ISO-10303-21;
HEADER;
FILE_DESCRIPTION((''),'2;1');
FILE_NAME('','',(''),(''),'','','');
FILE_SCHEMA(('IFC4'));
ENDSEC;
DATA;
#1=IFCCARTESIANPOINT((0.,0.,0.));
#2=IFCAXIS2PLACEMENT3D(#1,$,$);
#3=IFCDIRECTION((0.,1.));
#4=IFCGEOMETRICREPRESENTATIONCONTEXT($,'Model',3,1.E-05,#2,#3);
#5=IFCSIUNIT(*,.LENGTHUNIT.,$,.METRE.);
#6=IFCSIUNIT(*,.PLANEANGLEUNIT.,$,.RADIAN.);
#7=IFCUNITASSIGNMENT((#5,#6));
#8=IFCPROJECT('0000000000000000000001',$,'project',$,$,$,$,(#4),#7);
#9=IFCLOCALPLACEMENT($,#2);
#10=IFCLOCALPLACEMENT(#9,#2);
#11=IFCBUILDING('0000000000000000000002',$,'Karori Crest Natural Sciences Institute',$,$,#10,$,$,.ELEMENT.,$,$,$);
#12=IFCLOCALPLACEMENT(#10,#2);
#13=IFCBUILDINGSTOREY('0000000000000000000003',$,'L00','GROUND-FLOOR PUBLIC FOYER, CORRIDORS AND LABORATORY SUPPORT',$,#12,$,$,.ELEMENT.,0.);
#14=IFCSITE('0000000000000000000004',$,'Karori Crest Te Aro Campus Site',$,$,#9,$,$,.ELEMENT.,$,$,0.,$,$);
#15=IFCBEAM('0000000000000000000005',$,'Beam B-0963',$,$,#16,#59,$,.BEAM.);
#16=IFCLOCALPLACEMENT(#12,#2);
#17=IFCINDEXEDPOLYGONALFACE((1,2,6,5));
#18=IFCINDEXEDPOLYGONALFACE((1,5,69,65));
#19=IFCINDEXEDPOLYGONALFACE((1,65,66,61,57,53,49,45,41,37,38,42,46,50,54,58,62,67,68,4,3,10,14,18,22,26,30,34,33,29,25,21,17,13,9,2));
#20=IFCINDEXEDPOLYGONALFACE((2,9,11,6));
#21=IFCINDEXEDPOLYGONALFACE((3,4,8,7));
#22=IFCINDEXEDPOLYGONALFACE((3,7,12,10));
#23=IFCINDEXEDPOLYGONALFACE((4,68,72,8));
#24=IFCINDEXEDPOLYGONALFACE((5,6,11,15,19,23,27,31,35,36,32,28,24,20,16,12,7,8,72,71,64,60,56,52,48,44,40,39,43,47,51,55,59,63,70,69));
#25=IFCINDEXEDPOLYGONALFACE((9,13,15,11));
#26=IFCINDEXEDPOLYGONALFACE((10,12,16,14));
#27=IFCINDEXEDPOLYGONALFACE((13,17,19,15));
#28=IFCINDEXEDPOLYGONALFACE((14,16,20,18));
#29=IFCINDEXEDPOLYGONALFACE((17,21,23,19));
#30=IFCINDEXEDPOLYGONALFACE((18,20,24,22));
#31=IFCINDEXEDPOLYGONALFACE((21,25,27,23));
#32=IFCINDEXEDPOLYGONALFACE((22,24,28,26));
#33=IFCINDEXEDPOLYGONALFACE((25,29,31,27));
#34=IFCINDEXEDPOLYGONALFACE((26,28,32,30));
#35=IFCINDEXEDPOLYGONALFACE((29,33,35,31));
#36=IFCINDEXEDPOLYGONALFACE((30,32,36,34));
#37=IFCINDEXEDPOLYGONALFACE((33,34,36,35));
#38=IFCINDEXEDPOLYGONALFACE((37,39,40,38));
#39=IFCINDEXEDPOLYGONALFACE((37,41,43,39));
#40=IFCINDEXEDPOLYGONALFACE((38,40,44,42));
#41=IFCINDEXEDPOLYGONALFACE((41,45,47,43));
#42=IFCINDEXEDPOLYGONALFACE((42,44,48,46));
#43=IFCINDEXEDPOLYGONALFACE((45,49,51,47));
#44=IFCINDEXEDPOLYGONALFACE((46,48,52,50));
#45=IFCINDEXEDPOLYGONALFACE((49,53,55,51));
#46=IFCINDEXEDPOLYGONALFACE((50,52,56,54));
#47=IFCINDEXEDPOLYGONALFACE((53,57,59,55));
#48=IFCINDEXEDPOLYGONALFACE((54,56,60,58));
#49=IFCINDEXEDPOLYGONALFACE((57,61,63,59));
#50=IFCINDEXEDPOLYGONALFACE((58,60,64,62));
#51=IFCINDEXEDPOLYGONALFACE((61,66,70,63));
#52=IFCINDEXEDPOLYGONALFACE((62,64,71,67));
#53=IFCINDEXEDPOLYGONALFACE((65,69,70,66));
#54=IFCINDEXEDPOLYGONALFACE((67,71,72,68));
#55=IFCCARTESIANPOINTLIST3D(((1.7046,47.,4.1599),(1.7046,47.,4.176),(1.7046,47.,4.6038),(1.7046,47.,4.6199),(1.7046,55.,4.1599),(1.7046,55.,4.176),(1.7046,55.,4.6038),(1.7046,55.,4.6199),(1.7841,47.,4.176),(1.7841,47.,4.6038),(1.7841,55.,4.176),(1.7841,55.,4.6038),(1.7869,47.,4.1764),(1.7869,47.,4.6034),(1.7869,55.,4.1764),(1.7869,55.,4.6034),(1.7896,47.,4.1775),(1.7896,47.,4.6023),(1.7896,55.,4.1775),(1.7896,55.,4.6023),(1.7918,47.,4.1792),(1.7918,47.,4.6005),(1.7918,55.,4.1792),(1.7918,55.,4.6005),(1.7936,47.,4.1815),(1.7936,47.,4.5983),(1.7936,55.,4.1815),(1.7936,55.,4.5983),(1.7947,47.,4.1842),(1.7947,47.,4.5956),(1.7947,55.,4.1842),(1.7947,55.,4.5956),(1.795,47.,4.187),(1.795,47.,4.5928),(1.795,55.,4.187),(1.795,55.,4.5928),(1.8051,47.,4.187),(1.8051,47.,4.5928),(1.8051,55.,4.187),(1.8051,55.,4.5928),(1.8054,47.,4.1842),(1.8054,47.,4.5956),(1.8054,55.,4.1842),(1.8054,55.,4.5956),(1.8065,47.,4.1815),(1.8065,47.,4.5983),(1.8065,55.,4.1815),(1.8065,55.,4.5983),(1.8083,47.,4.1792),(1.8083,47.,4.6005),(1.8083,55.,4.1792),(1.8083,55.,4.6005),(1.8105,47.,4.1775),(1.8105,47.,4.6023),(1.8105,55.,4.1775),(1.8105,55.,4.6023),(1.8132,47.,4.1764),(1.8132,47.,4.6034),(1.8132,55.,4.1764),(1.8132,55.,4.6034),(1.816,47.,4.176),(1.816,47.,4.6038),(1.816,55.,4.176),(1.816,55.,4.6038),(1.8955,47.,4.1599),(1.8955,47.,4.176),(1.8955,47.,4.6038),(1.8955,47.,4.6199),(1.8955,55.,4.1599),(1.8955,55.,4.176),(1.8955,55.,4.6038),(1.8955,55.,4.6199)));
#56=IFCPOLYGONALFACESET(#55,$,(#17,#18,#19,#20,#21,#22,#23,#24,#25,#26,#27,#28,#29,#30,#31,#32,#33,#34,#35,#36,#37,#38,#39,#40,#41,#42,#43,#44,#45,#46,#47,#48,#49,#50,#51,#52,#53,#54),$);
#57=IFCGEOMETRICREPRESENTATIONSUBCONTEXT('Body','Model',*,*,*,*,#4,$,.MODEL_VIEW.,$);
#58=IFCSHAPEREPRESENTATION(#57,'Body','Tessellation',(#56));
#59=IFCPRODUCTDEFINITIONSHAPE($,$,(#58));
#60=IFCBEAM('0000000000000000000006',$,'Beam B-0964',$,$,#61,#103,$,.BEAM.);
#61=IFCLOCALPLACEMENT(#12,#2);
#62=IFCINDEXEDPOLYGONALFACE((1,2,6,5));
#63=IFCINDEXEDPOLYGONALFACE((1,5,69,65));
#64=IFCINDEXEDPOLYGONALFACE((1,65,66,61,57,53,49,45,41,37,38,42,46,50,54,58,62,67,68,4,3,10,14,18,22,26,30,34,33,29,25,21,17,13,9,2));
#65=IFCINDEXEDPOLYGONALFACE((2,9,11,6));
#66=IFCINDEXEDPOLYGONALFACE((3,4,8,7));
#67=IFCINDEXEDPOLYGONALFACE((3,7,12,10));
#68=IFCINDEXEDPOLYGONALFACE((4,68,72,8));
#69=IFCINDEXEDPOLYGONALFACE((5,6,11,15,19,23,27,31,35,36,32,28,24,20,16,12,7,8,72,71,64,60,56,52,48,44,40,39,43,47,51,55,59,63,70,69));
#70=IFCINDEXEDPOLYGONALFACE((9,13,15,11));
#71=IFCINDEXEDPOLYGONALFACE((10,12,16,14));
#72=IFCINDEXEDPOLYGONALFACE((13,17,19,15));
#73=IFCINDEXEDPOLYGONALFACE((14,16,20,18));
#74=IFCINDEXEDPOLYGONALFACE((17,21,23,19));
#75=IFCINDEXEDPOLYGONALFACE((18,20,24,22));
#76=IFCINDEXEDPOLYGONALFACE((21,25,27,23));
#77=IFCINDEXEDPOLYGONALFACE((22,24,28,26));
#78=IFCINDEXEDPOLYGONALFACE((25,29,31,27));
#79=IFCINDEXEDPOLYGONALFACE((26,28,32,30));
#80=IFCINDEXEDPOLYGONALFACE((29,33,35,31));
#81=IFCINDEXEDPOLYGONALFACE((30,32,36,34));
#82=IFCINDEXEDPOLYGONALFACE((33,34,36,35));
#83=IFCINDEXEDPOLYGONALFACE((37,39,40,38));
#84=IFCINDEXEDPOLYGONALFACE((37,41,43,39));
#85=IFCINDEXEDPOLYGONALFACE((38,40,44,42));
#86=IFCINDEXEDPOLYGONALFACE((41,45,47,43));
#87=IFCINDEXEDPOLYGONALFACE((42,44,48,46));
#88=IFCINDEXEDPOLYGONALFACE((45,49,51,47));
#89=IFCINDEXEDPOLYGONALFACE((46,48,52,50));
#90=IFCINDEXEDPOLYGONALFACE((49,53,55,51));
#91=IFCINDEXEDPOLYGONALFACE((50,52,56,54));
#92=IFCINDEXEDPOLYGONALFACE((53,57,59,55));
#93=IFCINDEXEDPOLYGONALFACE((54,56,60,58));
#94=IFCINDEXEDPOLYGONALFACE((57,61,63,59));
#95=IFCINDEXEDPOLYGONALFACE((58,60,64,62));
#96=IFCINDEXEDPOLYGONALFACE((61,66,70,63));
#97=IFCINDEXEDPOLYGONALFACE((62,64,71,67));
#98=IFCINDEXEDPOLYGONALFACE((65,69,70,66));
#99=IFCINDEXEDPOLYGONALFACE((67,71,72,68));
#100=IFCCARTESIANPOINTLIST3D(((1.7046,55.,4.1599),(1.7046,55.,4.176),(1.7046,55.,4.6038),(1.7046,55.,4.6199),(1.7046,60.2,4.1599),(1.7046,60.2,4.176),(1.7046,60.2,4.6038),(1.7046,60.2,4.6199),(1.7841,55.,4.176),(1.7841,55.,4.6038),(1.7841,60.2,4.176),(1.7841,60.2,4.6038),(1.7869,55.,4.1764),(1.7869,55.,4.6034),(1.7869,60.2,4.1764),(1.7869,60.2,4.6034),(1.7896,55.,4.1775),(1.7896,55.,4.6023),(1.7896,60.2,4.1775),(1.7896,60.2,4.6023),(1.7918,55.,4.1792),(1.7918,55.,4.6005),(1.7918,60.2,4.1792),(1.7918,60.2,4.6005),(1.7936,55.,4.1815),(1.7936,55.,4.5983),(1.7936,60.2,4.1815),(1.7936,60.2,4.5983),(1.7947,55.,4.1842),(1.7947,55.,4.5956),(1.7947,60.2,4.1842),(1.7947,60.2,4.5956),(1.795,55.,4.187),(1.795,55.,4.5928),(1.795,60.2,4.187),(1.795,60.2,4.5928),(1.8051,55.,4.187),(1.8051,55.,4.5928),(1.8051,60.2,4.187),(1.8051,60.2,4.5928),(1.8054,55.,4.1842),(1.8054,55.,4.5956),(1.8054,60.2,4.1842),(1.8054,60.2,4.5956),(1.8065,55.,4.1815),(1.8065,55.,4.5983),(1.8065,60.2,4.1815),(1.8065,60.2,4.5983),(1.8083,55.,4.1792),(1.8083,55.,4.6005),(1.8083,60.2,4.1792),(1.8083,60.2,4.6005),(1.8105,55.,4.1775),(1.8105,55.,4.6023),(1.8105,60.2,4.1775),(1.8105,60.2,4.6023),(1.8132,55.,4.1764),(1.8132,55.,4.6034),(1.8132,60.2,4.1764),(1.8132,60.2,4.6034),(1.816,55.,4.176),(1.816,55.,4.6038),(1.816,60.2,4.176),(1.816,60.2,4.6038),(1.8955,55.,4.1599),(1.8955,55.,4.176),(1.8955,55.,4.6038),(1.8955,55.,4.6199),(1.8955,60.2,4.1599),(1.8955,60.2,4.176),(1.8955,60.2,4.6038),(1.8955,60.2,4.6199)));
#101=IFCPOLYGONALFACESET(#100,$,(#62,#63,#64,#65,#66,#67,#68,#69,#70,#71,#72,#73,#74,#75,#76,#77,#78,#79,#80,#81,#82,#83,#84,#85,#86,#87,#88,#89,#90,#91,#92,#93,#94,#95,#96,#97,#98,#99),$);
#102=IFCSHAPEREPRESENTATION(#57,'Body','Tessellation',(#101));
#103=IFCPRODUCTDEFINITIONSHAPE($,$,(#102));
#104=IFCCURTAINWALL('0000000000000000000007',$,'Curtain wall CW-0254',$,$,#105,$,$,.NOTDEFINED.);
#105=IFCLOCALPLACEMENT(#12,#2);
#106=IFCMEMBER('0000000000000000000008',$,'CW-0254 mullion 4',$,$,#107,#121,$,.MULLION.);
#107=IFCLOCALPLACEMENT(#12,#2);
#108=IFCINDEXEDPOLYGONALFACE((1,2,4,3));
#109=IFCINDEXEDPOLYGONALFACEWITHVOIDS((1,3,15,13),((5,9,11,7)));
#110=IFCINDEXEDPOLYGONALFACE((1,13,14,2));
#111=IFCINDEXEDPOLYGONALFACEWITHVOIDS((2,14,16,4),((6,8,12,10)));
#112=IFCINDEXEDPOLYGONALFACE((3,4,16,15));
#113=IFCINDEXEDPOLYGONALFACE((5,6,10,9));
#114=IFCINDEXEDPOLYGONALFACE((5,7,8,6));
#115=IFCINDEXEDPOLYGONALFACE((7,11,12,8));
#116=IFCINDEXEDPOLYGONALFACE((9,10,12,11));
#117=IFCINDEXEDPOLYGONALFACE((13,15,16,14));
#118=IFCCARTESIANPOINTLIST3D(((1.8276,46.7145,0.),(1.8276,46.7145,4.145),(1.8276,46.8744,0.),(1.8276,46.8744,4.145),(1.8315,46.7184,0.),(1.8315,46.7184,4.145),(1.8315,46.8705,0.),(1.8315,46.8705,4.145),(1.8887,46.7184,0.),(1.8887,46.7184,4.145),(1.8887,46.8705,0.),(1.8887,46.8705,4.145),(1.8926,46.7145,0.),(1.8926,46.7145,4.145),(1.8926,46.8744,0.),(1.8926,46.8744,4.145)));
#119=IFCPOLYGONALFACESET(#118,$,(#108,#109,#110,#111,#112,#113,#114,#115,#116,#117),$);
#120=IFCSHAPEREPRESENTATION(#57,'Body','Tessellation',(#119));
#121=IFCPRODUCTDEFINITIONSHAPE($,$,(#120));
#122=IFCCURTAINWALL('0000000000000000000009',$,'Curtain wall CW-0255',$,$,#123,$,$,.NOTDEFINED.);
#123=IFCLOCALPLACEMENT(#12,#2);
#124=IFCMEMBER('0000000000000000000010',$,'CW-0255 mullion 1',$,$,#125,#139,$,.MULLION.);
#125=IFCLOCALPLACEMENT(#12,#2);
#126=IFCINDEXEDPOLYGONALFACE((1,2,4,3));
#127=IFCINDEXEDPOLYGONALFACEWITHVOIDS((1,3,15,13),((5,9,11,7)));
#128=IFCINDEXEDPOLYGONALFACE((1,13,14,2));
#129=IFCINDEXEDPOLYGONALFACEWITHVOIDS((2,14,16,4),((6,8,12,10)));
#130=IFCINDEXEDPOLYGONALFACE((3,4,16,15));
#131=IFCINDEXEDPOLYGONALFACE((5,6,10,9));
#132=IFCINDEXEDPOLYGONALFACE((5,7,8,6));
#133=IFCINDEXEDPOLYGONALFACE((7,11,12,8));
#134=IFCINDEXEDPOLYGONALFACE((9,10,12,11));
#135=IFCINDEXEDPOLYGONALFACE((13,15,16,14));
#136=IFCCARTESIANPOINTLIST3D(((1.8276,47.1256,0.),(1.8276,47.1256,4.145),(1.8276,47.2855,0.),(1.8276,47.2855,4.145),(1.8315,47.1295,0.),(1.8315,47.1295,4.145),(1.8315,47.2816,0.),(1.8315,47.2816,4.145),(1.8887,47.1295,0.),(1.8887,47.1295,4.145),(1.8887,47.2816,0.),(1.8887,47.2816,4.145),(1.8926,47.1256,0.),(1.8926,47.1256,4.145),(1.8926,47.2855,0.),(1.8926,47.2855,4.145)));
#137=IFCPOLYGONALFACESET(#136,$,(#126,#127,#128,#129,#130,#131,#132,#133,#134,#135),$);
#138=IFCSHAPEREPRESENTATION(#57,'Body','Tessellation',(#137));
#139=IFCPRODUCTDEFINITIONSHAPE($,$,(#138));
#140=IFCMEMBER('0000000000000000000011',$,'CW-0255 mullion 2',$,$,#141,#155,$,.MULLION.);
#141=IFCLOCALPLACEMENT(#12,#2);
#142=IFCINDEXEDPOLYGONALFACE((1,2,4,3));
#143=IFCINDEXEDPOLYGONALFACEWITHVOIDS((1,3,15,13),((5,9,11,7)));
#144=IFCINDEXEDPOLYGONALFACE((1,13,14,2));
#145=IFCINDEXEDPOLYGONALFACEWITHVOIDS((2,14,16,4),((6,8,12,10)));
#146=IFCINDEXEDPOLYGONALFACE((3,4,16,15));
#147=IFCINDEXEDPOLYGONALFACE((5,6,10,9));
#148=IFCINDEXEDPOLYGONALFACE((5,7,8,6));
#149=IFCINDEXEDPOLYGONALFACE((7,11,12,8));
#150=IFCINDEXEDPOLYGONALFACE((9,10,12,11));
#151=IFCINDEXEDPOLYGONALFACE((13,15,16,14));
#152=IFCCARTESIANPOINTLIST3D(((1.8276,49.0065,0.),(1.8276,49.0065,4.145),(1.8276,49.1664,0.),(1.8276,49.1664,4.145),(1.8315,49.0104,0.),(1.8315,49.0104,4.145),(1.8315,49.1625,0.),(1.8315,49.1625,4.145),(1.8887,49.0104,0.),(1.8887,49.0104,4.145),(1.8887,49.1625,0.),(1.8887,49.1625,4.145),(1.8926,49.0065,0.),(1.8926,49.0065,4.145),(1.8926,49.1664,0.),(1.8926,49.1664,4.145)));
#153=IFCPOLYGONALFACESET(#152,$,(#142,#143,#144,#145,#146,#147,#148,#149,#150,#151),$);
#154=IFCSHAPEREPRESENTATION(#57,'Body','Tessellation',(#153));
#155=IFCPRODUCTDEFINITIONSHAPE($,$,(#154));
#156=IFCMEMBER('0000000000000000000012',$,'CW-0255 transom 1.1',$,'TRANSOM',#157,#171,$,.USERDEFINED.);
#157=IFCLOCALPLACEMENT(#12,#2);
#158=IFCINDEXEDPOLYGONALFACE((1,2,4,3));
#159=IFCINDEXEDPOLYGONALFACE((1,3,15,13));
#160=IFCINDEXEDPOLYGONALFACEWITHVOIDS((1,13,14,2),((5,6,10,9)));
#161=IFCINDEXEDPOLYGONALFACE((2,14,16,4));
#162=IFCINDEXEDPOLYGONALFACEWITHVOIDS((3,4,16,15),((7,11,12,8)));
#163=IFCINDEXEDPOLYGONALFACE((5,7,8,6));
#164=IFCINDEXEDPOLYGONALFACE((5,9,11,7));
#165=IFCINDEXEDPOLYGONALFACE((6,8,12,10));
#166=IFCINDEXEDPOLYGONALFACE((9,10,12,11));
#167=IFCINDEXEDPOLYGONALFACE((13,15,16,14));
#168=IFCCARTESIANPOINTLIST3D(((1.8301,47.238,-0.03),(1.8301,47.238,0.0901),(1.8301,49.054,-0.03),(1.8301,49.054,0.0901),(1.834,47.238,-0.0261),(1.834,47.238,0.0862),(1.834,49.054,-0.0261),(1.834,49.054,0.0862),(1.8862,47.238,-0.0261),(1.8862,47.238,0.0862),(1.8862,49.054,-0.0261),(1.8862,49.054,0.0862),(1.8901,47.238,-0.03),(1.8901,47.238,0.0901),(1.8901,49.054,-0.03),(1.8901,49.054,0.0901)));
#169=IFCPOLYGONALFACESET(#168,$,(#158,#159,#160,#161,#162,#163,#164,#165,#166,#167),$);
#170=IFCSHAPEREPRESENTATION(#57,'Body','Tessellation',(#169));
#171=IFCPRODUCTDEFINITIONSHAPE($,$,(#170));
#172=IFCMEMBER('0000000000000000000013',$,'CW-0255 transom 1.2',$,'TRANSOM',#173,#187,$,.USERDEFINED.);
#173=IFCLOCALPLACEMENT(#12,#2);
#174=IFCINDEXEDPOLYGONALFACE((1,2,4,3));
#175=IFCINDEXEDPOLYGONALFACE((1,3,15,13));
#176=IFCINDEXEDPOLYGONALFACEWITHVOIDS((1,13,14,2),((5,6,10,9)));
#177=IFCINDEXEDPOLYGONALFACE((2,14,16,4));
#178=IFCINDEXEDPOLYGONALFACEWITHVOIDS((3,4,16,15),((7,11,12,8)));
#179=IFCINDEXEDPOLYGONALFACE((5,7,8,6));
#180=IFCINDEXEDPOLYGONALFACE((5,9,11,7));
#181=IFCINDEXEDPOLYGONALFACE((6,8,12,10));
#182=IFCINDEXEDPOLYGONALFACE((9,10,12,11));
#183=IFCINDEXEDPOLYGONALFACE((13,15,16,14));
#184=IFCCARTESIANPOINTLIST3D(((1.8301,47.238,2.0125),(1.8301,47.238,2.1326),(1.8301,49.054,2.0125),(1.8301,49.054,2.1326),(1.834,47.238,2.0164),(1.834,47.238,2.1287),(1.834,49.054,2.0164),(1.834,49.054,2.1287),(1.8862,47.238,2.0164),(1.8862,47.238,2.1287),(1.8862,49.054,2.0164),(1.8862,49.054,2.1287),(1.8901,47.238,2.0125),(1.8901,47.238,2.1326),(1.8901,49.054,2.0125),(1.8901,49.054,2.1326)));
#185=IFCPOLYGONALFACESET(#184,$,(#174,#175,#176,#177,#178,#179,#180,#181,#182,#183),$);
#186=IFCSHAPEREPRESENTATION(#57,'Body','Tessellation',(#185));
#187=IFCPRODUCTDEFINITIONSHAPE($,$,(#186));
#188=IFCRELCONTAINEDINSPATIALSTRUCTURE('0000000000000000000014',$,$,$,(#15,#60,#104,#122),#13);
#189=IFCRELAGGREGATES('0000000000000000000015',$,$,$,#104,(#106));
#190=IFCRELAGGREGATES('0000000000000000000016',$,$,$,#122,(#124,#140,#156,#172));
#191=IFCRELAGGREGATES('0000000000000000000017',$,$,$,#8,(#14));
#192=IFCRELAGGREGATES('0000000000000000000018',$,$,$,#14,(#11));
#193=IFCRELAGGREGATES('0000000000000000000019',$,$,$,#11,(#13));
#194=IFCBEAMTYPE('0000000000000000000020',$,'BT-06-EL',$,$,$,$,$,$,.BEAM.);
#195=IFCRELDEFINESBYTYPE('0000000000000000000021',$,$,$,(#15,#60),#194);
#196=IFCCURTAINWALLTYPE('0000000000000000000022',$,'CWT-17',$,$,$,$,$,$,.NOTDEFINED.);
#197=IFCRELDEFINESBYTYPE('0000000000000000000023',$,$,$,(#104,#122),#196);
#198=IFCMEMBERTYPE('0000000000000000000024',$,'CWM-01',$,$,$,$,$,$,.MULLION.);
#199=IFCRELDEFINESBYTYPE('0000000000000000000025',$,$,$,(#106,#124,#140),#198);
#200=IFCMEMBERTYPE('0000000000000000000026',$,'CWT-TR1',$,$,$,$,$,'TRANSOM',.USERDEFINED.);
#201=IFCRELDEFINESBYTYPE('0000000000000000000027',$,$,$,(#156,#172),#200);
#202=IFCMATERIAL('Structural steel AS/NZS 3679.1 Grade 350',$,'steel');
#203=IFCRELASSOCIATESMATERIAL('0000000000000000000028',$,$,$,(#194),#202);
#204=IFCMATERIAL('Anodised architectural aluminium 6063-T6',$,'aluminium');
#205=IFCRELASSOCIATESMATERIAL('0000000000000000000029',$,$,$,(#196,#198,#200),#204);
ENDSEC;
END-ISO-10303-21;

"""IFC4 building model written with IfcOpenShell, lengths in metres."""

from ifc_helpers import new_model, si_unit, direction, frame, origin, origin_2d, place, context, subcontext, project, spatial, hollow_rectangle, i_section, extrude, material, material_profile, profile_set, type_object, element, aggregate, save


model = new_model("IFC4")

# Units and contexts
model_context = context("Model", 3, precision=1e-05, world=origin(), true_north=direction((0.0, 1.0)))
body_context = subcontext(model_context, "Body", "Model", "MODEL_VIEW")
ifc_project = project(units=[si_unit("LENGTHUNIT", "METRE"), si_unit("PLANEANGLEUNIT", "RADIAN")], contexts=[model_context])

# Site, building, storey
site_placement = place(None, origin())
site = spatial("IfcSite", under=ifc_project, at=site_placement, Name="Karori Crest Te Aro Campus Site", CompositionType="ELEMENT", RefElevation=0.0)
building_placement = place(site_placement, origin())
building = spatial("IfcBuilding", under=site, at=building_placement, Name="Karori Crest Natural Sciences Institute", CompositionType="ELEMENT")
storey_placement = place(building_placement, origin())
storey = spatial("IfcBuildingStorey", under=building, at=storey_placement, Name="L00", Description="GROUND-FLOOR PUBLIC FOYER, CORRIDORS AND LABORATORY SUPPORT", CompositionType="ELEMENT", Elevation=0.0)

# Shared definitions
ifc_material_1 = material(Name="Structural steel AS/NZS 3679.1 Grade 350", Category="steel")

# Beams
ifc_material_profile_1 = material_profile(ifc_material_1, i_section(OverallWidth=0.1909, OverallDepth=0.46, WebThickness=0.01, FlangeThickness=0.0161, FilletRadius=0.011, at=origin_2d()), Name="460UB82.1")
ifc_profile_set_1 = profile_set([ifc_material_profile_1], Name="Structural steel AS/NZS 3679.1 Grade 350")
beam_type_1 = type_object("IfcBeamType", Name="BT-06-EL", PredefinedType="BEAM", material=ifc_profile_set_1)
beam_1_placement = place(storey_placement, frame((1.8, 47.0, 4.3899), z_axis=(0.0, 1.0, 0.0), x_axis=(-1.0, 0.0, 0.0)))
element("IfcBeam", 1, at=beam_1_placement, inside=storey, type_object=beam_type_1, Name="Beam B-0963", PredefinedType="BEAM", context=body_context, shape_type="SweptSolid", body=[
    extrude(i_section(OverallWidth=0.1909, OverallDepth=0.46, WebThickness=0.01, FlangeThickness=0.0161, FilletRadius=0.011, at=origin_2d()), origin(), (0.0, 0.0, 1.0), 8.0),
])
beam_2_placement = place(storey_placement, frame((1.8, 55.0, 4.3899), z_axis=(0.0, 1.0, 0.0), x_axis=(-1.0, 0.0, 0.0)))
element("IfcBeam", 2, at=beam_2_placement, inside=storey, type_object=beam_type_1, Name="Beam B-0964", PredefinedType="BEAM", context=body_context, shape_type="SweptSolid", body=[
    extrude(i_section(OverallWidth=0.1909, OverallDepth=0.46, WebThickness=0.01, FlangeThickness=0.0161, FilletRadius=0.011, at=origin_2d()), origin(), (0.0, 0.0, 1.0), 5.2),
])

# Curtain wall, member
ifc_material_2 = material(Name="Anodised architectural aluminium 6063-T6", Category="aluminium")
curtain_wall_type = type_object("IfcCurtainWallType", Name="CWT-17", PredefinedType="NOTDEFINED", material=ifc_material_2)
curtain_wall_1_placement = place(storey_placement, origin())
curtain_wall_1 = element("IfcCurtainWall", 3, at=curtain_wall_1_placement, inside=storey, type_object=curtain_wall_type, Name="Curtain wall CW-0254", PredefinedType="NOTDEFINED")
ifc_material_profile_2 = material_profile(ifc_material_2, hollow_rectangle(XDim=0.0649, YDim=0.1599, WallThickness=0.0039, at=origin_2d()), Name="CWM160x65x4")
ifc_profile_set_2 = profile_set([ifc_material_profile_2], Name="Anodised architectural aluminium 6063-T6")
member_type_1 = type_object("IfcMemberType", Name="CWM-01", PredefinedType="MULLION", material=ifc_profile_set_2)
member_1_placement = place(storey_placement, frame((1.8601, 46.7944, 0.0), z_axis=(0.0, 0.0, 1.0), x_axis=(-1.0, 0.0, 0.0)))
member_1 = element("IfcMember", 4, at=member_1_placement, type_object=member_type_1, Name="CW-0254 mullion 4", PredefinedType="MULLION", context=body_context, shape_type="SweptSolid", body=[
    extrude(hollow_rectangle(XDim=0.0649, YDim=0.1599, WallThickness=0.0039, at=origin_2d()), origin(), (0.0, 0.0, 1.0), 4.145),
])

# Curtain wall, members
curtain_wall_2_placement = place(storey_placement, origin())
curtain_wall_2 = element("IfcCurtainWall", 5, at=curtain_wall_2_placement, inside=storey, type_object=curtain_wall_type, Name="Curtain wall CW-0255", PredefinedType="NOTDEFINED")
member_2_placement = place(storey_placement, frame((1.8601, 47.2056, 0.0), z_axis=(0.0, 0.0, 1.0), x_axis=(-1.0, 0.0, 0.0)))
member_2 = element("IfcMember", 6, at=member_2_placement, type_object=member_type_1, Name="CW-0255 mullion 1", PredefinedType="MULLION", context=body_context, shape_type="SweptSolid", body=[
    extrude(hollow_rectangle(XDim=0.0649, YDim=0.1599, WallThickness=0.0039, at=origin_2d()), origin(), (0.0, 0.0, 1.0), 4.145),
])
member_3_placement = place(storey_placement, frame((1.8601, 49.0864, 0.0), z_axis=(0.0, 0.0, 1.0), x_axis=(-1.0, 0.0, 0.0)))
member_3 = element("IfcMember", 7, at=member_3_placement, type_object=member_type_1, Name="CW-0255 mullion 2", PredefinedType="MULLION", context=body_context, shape_type="SweptSolid", body=[
    extrude(hollow_rectangle(XDim=0.0649, YDim=0.1599, WallThickness=0.0039, at=origin_2d()), origin(), (0.0, 0.0, 1.0), 4.145),
])
ifc_material_profile_3 = material_profile(ifc_material_2, hollow_rectangle(XDim=0.0601, YDim=0.1201, WallThickness=0.0039, at=origin_2d()), Name="CWT120x60x4")
ifc_profile_set_3 = profile_set([ifc_material_profile_3], Name="Anodised architectural aluminium 6063-T6")
member_type_2 = type_object("IfcMemberType", Name="CWT-TR1", ElementType="TRANSOM", PredefinedType="USERDEFINED", material=ifc_profile_set_3)
member_4_placement = place(storey_placement, frame((1.8601, 47.238, 0.03), z_axis=(0.0, 1.0, 0.0), x_axis=(-1.0, 0.0, 0.0)))
member_4 = element("IfcMember", 8, at=member_4_placement, type_object=member_type_2, Name="CW-0255 transom 1.1", ObjectType="TRANSOM", PredefinedType="USERDEFINED", context=body_context, shape_type="SweptSolid", body=[
    extrude(hollow_rectangle(XDim=0.0601, YDim=0.1201, WallThickness=0.0039, at=origin_2d()), origin(), (0.0, 0.0, 1.0), 1.8159),
])
member_5_placement = place(storey_placement, frame((1.8601, 47.238, 2.0725), z_axis=(0.0, 1.0, 0.0), x_axis=(-1.0, 0.0, 0.0)))
member_5 = element("IfcMember", 9, at=member_5_placement, type_object=member_type_2, Name="CW-0255 transom 1.2", ObjectType="TRANSOM", PredefinedType="USERDEFINED", context=body_context, shape_type="SweptSolid", body=[
    extrude(hollow_rectangle(XDim=0.0601, YDim=0.1201, WallThickness=0.0039, at=origin_2d()), origin(), (0.0, 0.0, 1.0), 1.8159),
])

aggregate(curtain_wall_1, [member_1])
aggregate(curtain_wall_2, [member_2, member_3, member_4, member_5])

save(model, "model.ifc")
